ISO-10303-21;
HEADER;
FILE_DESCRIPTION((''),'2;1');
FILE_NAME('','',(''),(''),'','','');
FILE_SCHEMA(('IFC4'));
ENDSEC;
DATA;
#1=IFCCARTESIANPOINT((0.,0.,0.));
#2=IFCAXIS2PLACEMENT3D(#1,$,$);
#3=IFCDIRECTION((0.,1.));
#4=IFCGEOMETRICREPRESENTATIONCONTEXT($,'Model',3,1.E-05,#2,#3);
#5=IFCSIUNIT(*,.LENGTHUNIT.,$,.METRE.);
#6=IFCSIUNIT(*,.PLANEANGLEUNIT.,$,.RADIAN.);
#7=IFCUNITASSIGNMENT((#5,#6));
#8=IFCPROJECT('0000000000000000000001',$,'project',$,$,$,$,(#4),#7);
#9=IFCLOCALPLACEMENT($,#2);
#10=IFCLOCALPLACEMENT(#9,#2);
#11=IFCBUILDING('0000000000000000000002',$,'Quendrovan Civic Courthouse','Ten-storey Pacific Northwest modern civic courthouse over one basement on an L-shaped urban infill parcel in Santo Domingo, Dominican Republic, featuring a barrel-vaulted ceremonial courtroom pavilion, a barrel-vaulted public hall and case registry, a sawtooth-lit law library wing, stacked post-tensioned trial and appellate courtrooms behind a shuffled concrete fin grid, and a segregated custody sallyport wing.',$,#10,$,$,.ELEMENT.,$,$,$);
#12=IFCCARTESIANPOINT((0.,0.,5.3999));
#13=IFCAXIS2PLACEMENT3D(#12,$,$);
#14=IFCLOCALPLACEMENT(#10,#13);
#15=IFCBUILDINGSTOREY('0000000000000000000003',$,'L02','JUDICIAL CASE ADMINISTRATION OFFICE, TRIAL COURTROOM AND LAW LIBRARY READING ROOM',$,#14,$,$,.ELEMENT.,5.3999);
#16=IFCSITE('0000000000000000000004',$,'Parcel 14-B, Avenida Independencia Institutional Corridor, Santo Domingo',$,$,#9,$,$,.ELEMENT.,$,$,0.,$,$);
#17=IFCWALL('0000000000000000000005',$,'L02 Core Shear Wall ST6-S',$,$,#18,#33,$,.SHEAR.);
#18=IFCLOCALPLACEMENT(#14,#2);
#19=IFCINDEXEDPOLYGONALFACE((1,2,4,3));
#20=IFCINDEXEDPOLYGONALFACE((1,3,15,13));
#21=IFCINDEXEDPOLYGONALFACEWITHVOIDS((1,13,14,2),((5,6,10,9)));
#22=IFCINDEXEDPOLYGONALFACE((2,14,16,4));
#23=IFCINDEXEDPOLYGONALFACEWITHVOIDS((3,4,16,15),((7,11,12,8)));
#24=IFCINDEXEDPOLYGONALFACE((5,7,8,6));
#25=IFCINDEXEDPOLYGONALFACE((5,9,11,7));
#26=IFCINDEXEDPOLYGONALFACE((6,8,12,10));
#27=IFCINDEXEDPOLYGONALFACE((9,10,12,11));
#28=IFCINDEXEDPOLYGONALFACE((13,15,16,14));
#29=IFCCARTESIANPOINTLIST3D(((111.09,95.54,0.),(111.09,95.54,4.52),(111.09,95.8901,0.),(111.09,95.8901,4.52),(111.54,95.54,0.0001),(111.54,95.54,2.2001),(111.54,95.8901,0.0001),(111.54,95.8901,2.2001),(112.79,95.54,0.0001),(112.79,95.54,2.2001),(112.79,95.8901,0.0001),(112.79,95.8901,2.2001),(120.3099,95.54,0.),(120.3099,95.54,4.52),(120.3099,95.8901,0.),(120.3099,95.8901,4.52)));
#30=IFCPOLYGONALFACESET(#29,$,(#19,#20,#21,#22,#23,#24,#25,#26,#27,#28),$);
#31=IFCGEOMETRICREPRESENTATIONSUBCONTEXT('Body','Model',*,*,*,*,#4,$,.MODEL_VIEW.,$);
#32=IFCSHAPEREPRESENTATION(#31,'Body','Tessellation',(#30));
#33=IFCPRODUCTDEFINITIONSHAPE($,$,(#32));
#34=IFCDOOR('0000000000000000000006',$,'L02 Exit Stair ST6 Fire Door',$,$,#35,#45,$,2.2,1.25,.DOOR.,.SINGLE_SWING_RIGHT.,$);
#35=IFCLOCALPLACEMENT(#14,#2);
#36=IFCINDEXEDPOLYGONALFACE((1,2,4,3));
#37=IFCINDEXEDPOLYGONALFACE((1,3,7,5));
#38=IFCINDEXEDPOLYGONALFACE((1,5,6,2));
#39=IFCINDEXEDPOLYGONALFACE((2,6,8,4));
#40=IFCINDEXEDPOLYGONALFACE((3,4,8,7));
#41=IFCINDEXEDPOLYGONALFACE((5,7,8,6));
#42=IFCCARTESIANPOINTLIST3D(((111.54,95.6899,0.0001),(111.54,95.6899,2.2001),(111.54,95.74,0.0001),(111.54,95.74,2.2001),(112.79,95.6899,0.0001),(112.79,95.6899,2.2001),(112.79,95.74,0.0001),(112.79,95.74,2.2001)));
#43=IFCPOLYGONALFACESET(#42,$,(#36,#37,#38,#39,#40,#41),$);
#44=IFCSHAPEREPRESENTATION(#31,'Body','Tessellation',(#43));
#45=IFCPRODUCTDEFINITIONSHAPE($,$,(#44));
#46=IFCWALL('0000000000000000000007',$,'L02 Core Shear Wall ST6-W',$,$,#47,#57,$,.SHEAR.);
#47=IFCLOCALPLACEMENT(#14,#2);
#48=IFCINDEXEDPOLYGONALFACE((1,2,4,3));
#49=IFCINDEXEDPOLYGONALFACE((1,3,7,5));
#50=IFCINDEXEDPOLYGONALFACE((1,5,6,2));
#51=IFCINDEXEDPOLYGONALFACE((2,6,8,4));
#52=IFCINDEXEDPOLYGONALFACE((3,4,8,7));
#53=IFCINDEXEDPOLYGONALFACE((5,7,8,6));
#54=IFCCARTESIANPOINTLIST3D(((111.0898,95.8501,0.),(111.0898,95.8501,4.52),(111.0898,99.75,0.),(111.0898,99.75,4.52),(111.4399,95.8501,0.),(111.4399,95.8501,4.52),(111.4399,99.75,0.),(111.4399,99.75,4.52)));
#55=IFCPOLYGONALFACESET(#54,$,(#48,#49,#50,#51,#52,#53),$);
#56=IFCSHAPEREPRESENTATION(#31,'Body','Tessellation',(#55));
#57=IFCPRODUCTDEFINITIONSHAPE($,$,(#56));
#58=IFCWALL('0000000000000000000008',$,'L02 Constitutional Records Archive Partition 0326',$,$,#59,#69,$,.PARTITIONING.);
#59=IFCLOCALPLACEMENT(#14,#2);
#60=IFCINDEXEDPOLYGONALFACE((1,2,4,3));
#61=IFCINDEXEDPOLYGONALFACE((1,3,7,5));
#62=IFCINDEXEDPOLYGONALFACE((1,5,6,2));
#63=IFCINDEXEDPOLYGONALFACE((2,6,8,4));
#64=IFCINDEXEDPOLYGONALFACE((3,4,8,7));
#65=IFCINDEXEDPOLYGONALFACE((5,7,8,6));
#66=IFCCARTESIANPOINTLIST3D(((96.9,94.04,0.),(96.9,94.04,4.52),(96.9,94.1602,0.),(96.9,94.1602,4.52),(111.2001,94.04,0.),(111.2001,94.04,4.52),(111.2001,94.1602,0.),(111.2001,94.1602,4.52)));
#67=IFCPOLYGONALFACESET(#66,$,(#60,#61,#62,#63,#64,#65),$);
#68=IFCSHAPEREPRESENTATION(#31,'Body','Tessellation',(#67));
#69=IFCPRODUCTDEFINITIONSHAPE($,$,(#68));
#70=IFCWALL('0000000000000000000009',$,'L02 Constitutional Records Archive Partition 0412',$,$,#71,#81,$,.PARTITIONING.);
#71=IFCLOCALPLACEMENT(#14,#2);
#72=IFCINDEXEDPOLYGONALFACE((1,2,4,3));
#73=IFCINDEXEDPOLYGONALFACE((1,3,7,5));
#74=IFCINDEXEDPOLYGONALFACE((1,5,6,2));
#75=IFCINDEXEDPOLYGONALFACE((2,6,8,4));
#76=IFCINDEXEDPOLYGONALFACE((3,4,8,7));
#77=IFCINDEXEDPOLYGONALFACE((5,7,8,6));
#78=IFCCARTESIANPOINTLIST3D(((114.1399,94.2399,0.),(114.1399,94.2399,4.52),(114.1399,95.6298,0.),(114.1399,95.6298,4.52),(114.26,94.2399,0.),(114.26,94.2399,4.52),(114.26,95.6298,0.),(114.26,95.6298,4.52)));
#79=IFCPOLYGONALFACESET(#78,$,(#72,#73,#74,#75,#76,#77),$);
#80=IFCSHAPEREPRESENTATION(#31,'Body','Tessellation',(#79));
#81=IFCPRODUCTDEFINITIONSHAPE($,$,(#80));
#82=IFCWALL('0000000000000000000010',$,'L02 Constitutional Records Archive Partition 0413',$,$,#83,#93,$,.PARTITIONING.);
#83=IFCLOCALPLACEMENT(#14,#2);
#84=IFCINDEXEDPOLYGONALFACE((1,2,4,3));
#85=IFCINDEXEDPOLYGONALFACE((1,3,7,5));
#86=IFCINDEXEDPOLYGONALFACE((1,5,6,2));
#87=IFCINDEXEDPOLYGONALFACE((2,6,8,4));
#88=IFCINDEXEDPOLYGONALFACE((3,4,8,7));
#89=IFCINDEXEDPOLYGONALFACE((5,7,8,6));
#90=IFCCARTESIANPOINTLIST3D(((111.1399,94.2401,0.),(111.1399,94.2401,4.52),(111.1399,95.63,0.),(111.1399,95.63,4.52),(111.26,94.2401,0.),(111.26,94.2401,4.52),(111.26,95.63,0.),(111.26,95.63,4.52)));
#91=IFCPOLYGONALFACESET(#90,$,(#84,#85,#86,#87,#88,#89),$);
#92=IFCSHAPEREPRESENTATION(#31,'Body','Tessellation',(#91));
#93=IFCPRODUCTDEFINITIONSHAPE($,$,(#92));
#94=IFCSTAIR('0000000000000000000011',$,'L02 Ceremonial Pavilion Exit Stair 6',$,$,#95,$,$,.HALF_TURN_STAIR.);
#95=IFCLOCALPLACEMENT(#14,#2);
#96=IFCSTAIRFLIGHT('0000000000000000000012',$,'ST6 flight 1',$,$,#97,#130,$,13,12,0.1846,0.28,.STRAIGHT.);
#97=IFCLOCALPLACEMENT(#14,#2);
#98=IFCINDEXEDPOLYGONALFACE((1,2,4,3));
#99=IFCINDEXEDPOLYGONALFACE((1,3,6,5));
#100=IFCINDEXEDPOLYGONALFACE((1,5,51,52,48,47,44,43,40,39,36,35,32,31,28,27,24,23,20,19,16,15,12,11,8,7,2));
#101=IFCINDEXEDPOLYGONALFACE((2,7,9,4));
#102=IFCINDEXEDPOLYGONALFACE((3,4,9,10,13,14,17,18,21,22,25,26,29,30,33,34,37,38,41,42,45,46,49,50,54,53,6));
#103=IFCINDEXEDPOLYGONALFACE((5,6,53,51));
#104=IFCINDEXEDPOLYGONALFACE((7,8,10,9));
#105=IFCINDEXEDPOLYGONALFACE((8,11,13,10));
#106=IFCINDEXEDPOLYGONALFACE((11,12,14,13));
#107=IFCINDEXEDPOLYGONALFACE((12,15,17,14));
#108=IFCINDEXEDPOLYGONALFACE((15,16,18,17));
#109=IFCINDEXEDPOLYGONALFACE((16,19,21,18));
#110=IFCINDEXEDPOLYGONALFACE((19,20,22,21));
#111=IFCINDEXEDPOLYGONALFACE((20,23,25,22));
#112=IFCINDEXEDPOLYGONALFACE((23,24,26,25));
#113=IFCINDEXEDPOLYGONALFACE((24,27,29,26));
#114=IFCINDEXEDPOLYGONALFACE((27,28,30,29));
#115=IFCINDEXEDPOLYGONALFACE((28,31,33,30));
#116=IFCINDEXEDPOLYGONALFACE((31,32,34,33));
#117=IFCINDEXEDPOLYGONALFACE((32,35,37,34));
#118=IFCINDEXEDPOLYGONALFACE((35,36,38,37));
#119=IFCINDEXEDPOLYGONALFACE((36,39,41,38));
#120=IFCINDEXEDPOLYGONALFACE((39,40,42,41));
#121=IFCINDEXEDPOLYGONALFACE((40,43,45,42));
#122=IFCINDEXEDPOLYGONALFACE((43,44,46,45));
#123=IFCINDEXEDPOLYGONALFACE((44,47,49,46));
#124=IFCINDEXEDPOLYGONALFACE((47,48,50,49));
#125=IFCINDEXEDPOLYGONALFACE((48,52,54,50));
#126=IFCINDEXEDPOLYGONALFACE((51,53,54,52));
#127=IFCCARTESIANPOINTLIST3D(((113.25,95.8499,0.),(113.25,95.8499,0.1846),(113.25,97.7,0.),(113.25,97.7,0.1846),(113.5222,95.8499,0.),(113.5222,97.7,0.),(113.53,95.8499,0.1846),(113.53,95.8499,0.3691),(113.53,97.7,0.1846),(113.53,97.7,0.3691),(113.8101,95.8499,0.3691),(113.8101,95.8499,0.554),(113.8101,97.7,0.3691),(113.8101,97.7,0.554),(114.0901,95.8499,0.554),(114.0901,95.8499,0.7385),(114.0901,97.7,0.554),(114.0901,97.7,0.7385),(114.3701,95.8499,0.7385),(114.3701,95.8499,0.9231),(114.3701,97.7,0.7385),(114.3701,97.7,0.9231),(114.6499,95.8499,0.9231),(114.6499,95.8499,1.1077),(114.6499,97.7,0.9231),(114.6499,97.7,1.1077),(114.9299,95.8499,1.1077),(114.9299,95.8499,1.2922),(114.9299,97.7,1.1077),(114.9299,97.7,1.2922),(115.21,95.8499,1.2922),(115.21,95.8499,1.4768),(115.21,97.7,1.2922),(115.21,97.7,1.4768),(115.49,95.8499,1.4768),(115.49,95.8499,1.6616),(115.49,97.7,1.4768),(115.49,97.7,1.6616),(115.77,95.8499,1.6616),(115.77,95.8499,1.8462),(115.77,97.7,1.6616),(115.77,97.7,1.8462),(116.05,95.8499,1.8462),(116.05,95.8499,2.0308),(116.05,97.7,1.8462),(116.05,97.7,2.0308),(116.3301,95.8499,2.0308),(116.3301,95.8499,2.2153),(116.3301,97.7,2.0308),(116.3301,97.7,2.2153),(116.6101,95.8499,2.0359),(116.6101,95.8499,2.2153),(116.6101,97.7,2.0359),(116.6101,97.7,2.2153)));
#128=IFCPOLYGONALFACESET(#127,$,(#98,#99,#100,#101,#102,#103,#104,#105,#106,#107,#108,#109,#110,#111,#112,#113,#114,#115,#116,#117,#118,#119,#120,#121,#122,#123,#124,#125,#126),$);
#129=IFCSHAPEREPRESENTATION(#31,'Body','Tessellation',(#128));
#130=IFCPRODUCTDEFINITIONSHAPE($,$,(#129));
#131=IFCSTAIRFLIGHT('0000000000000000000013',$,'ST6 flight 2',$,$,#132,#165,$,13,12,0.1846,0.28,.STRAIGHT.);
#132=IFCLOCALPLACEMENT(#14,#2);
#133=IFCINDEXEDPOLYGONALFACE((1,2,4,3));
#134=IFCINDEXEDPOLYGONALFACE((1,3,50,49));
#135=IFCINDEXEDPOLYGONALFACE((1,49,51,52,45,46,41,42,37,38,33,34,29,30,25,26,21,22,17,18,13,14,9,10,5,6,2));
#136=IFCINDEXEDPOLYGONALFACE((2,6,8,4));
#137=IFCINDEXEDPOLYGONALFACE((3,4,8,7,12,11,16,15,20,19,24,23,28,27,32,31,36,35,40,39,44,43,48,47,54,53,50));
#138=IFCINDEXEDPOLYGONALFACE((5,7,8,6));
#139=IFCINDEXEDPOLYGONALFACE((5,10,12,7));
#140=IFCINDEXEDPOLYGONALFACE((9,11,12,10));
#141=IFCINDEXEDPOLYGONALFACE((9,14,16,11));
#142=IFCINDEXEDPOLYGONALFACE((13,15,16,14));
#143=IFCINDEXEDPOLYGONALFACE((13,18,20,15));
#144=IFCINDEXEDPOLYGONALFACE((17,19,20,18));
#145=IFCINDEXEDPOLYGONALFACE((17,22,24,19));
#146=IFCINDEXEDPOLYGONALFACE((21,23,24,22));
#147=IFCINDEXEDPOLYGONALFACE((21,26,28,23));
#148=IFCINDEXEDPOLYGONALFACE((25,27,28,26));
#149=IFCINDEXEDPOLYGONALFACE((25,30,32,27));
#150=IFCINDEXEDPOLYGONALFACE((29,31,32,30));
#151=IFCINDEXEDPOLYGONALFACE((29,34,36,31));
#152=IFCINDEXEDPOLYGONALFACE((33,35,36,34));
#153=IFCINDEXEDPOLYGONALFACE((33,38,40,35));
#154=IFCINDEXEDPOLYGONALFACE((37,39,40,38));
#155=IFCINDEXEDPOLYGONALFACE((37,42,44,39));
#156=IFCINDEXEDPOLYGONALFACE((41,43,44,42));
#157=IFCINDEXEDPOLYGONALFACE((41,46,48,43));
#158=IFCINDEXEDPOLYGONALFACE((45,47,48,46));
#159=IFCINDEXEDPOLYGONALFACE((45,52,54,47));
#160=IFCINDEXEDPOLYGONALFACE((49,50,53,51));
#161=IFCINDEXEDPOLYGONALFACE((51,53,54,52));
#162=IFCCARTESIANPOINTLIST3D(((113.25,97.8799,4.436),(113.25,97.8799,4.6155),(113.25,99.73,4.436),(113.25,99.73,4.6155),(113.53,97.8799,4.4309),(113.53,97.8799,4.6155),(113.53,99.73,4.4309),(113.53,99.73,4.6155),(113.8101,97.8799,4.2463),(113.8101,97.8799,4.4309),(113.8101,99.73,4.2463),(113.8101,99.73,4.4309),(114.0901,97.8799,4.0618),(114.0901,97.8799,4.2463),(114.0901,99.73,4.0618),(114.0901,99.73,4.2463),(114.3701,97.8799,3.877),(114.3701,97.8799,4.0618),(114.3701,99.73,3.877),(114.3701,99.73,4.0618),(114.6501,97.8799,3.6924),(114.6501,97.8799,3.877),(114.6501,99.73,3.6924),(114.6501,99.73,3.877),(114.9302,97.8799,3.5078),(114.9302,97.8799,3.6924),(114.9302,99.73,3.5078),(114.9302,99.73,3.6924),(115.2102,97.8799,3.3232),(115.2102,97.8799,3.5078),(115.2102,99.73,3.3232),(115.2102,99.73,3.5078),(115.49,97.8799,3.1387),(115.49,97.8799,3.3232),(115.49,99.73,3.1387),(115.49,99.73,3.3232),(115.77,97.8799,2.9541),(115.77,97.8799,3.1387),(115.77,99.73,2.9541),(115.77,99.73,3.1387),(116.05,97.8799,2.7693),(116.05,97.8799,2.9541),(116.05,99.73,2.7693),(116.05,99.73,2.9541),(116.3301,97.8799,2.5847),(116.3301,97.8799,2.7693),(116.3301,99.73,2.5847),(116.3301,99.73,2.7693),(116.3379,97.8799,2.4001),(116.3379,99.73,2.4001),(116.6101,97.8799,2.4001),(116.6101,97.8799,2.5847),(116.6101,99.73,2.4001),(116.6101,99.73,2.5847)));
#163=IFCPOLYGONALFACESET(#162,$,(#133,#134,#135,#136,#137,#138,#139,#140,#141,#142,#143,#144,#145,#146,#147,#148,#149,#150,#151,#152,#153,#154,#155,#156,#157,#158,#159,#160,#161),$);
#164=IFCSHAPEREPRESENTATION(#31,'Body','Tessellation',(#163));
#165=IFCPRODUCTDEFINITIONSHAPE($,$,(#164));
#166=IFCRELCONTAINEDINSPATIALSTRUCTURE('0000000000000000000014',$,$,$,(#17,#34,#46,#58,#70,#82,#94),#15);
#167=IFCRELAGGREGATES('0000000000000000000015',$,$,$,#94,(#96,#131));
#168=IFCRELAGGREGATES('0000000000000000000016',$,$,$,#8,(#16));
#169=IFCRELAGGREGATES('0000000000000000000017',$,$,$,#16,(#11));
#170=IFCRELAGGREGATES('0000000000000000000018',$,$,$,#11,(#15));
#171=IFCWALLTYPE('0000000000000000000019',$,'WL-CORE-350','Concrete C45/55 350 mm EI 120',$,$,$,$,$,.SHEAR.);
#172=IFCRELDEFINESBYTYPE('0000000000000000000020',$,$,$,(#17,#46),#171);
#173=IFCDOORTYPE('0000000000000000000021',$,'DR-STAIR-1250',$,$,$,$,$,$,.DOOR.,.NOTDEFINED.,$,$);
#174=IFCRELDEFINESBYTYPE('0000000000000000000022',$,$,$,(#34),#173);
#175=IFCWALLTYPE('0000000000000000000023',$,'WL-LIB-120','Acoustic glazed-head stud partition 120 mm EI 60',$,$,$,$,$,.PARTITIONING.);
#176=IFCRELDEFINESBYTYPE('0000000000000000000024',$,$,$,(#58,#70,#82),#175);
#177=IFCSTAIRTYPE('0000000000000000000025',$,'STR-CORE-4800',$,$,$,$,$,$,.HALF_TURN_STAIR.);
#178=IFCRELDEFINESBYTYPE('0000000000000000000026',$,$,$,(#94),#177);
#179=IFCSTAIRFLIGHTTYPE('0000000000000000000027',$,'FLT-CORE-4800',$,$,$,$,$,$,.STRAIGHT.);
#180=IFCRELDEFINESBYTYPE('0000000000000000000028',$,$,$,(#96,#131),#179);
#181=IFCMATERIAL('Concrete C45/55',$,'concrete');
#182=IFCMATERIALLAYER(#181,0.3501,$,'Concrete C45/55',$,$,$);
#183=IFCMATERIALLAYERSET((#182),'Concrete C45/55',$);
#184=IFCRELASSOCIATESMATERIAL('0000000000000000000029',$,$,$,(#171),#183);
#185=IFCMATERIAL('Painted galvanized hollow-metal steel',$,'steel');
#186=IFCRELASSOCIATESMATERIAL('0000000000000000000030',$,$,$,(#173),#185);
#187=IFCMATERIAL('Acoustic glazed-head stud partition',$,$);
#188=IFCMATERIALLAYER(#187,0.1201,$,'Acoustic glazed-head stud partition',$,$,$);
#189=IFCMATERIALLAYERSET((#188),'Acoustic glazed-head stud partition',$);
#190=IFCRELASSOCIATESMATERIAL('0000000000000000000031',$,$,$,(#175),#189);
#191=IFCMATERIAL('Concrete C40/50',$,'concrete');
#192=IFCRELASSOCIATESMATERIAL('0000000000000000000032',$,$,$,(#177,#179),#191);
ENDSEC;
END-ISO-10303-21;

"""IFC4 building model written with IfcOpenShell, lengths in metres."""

from ifc_helpers import new_model, si_unit, direction, frame, frame_2d, origin, place, context, subcontext, project, spatial, polyline, rectangle, outline, extrude, material, layer, layer_set, type_object, element, fill, aggregate, save


model = new_model("IFC4")

# Units and contexts
model_context = context("Model", 3, precision=1e-05, world=origin(), true_north=direction((0.0, 1.0)))
body_context = subcontext(model_context, "Body", "Model", "MODEL_VIEW")
ifc_project = project(units=[si_unit("LENGTHUNIT", "METRE"), si_unit("PLANEANGLEUNIT", "RADIAN")], contexts=[model_context])

# Site, building, storey
site_placement = place(None, origin())
site = spatial("IfcSite", under=ifc_project, at=site_placement, Name="Parcel 14-B, Avenida Independencia Institutional Corridor, Santo Domingo", CompositionType="ELEMENT", RefElevation=0.0)
building_placement = place(site_placement, origin())
building = spatial("IfcBuilding", under=site, at=building_placement, Name="Quendrovan Civic Courthouse", Description="Ten-storey Pacific Northwest modern civic courthouse over one basement on an L-shaped urban infill parcel in Santo Domingo, Dominican Republic, featuring a barrel-vaulted ceremonial courtroom pavilion, a barrel-vaulted public hall and case registry, a sawtooth-lit law library wing, stacked post-tensioned trial and appellate courtrooms behind a shuffled concrete fin grid, and a segregated custody sallyport wing.", CompositionType="ELEMENT")
storey_placement = place(building_placement, frame((0.0, 0.0, 5.3999)))
storey = spatial("IfcBuildingStorey", under=building, at=storey_placement, Name="L02", Description="JUDICIAL CASE ADMINISTRATION OFFICE, TRIAL COURTROOM AND LAW LIBRARY READING ROOM", CompositionType="ELEMENT", Elevation=5.3999)

# Shared definitions
ifc_material_1 = material(Name="Concrete C45/55", Category="concrete")

# Shared definitions
ifc_material_2 = material(Name="Concrete C40/50", Category="concrete")

# Wall, opening, door
ifc_layer_1 = layer(ifc_material_1, 0.3501, Name="Concrete C45/55")
ifc_layer_set_1 = layer_set([ifc_layer_1], Name="Concrete C45/55")
wall_type_1 = type_object("IfcWallType", Name="WL-CORE-350", Description="Concrete C45/55 350 mm EI 120", PredefinedType="SHEAR", material=ifc_layer_set_1)
wall_1_placement = place(storey_placement, frame((111.0901, 95.7151, 0.0), z_axis=(0.0, 0.0, 1.0), x_axis=(1.0, 0.0, 0.0)))
wall_1 = element("IfcWall", 1, at=wall_1_placement, inside=storey, type_object=wall_type_1, Name="L02 Core Shear Wall ST6-S", PredefinedType="SHEAR", context=body_context, shape_type="SweptSolid", body=[
    extrude(rectangle(XDim=9.22, YDim=0.3501, at=frame_2d((4.6099, 0.0))), origin(), (0.0, 0.0, 1.0), 4.52),
])
opening_placement = place(wall_1_placement, frame((0.45, 0.0, 0.0)))
opening = element("IfcOpeningElement", 2, at=opening_placement, cuts=wall_1, PredefinedType="OPENING", context=body_context, shape_type="SweptSolid", body=[
    extrude(rectangle(XDim=1.25, YDim=2.2, at=frame_2d((0.625, 1.1001))), frame((0.0, 0.1851, 0.0), z_axis=(0.0, -1.0, 0.0), x_axis=(1.0, 0.0, 0.0)), (0.0, 0.0, 1.0), 0.3701),
])
ifc_material_3 = material(Name="Painted galvanized hollow-metal steel", Category="steel")
door_type = type_object("IfcDoorType", Name="DR-STAIR-1250", OperationType="NOTDEFINED", PredefinedType="DOOR", material=ifc_material_3)
door_placement = place(opening_placement, origin())
door = element("IfcDoor", 3, at=door_placement, inside=storey, type_object=door_type, Name="L02 Exit Stair ST6 Fire Door", OperationType="SINGLE_SWING_RIGHT", OverallHeight=2.2, OverallWidth=1.25, PredefinedType="DOOR", context=body_context, shape_type="SweptSolid", body=[
    extrude(rectangle(XDim=1.25, YDim=2.2, at=frame_2d((0.625, 1.1001))), frame((0.0, 0.0249, 0.0), z_axis=(0.0, -1.0, 0.0), x_axis=(1.0, 0.0, 0.0)), (0.0, 0.0, 1.0), 0.05),
])
fill(opening, door)

# Walls
wall_2_placement = place(storey_placement, frame((111.2649, 95.8501, 0.0), z_axis=(0.0, 0.0, 1.0), x_axis=(0.0, 1.0, 0.0)))
element("IfcWall", 4, at=wall_2_placement, inside=storey, type_object=wall_type_1, Name="L02 Core Shear Wall ST6-W", PredefinedType="SHEAR", context=body_context, shape_type="SweptSolid", body=[
    extrude(rectangle(XDim=3.8999, YDim=0.3501, at=frame_2d((1.95, 0.0))), origin(), (0.0, 0.0, 1.0), 4.52),
])
ifc_material_4 = material(Name="Acoustic glazed-head stud partition")
ifc_layer_2 = layer(ifc_material_4, 0.1201, Name="Acoustic glazed-head stud partition")
ifc_layer_set_2 = layer_set([ifc_layer_2], Name="Acoustic glazed-head stud partition")
wall_type_2 = type_object("IfcWallType", Name="WL-LIB-120", Description="Acoustic glazed-head stud partition 120 mm EI 60", PredefinedType="PARTITIONING", material=ifc_layer_set_2)
wall_3_placement = place(storey_placement, frame((111.2, 94.1001, 0.0), z_axis=(0.0, 0.0, 1.0), x_axis=(-1.0, 0.0, 0.0)))
element("IfcWall", 5, at=wall_3_placement, inside=storey, type_object=wall_type_2, Name="L02 Constitutional Records Archive Partition 0326", PredefinedType="PARTITIONING", context=body_context, shape_type="SweptSolid", body=[
    extrude(rectangle(XDim=14.3, YDim=0.1201, at=frame_2d((7.1499, 0.0))), origin(), (0.0, 0.0, 1.0), 4.52),
])
for number, where, z_axis, x_axis, name in (
    (6, (114.2, 94.24, 0.0), (0.0, 0.0, 1.0), (0.0, 1.0, 0.0), "L02 Constitutional Records Archive Partition 0412"),
    (7, (111.2, 95.6299, 0.0), (0.0, 0.0, 1.0), (0.0, -1.0, 0.0), "L02 Constitutional Records Archive Partition 0413"),
):
    element("IfcWall", number, at=place(storey_placement, frame(where, z_axis=z_axis, x_axis=x_axis)), inside=storey, type_object=wall_type_2, Name=name, PredefinedType="PARTITIONING", context=body_context, shape_type="SweptSolid", body=[
        extrude(rectangle(XDim=1.3899, YDim=0.1201, at=frame_2d((0.6948, 0.0))), origin(), (0.0, 0.0, 1.0), 4.52),
    ])

# Stair, stair flights
stair_type = type_object("IfcStairType", Name="STR-CORE-4800", PredefinedType="HALF_TURN_STAIR", material=ifc_material_2)
stair_placement = place(storey_placement, origin())
stair = element("IfcStair", 8, at=stair_placement, inside=storey, type_object=stair_type, Name="L02 Ceremonial Pavilion Exit Stair 6", PredefinedType="HALF_TURN_STAIR")
stair_flight_type = type_object("IfcStairFlightType", Name="FLT-CORE-4800", PredefinedType="STRAIGHT", material=ifc_material_2)
stair_flight_1_placement = place(storey_placement, frame((113.25, 96.7749, 0.0), z_axis=(0.0, 0.0, 1.0), x_axis=(1.0, 0.0, 0.0)))
stair_flight_1 = element("IfcStairFlight", 9, at=stair_flight_1_placement, type_object=stair_flight_type, Name="ST6 flight 1", NumberOfRisers=13, NumberOfTreads=12, PredefinedType="STRAIGHT", RiserHeight=0.1846, TreadLength=0.28, context=body_context, shape_type="SweptSolid", body=[
    extrude(outline(polyline([(0.0, 0.0), (0.0, 0.1846), (0.28, 0.1846), (0.28, 0.3691), (0.5601, 0.3691), (0.5601, 0.554), (0.8401, 0.554), (0.8401, 0.7385), (1.1201, 0.7385), (1.1201, 0.9231), (1.3999, 0.9231), (1.3999, 1.1077), (1.6799, 1.1077), (1.6799, 1.2922), (1.96, 1.2922), (1.96, 1.4768), (2.24, 1.4768), (2.24, 1.6616), (2.52, 1.6616), (2.52, 1.8462), (2.8, 1.8462), (2.8, 2.0308), (3.0801, 2.0308), (3.0801, 2.2153), (3.3601, 2.2153), (3.3601, 2.3999), (3.3601, 2.0359), (0.2722, 0.0), (0.0, 0.0)])), frame((0.0, 0.925, 0.0), z_axis=(0.0, -1.0, 0.0), x_axis=(1.0, 0.0, 0.0)), (0.0, 0.0, 1.0), 1.8501),
])
stair_flight_2_placement = place(storey_placement, frame((116.6101, 98.8049, 2.4001), z_axis=(0.0, 0.0, 1.0), x_axis=(-1.0, 0.0, 0.0)))
stair_flight_2 = element("IfcStairFlight", 10, at=stair_flight_2_placement, type_object=stair_flight_type, Name="ST6 flight 2", NumberOfRisers=13, NumberOfTreads=12, PredefinedType="STRAIGHT", RiserHeight=0.1846, TreadLength=0.28, context=body_context, shape_type="SweptSolid", body=[
    extrude(outline(polyline([(0.0, 0.0), (0.0, 0.1846), (0.28, 0.1846), (0.28, 0.3691), (0.5601, 0.3691), (0.5601, 0.554), (0.8401, 0.554), (0.8401, 0.7385), (1.1201, 0.7385), (1.1201, 0.9231), (1.3999, 0.9231), (1.3999, 1.1077), (1.6799, 1.1077), (1.6799, 1.2922), (1.96, 1.2922), (1.96, 1.4768), (2.24, 1.4768), (2.24, 1.6616), (2.52, 1.6616), (2.52, 1.8462), (2.8, 1.8462), (2.8, 2.0308), (3.0801, 2.0308), (3.0801, 2.2153), (3.3601, 2.2153), (3.3601, 2.3999), (3.3601, 2.0359), (0.2722, 0.0), (0.0, 0.0)])), frame((0.0, 0.925, 0.0), z_axis=(0.0, -1.0, 0.0), x_axis=(1.0, 0.0, 0.0)), (0.0, 0.0, 1.0), 1.8501),
])
aggregate(stair, [stair_flight_1, stair_flight_2])

save(model, "model.ifc")
